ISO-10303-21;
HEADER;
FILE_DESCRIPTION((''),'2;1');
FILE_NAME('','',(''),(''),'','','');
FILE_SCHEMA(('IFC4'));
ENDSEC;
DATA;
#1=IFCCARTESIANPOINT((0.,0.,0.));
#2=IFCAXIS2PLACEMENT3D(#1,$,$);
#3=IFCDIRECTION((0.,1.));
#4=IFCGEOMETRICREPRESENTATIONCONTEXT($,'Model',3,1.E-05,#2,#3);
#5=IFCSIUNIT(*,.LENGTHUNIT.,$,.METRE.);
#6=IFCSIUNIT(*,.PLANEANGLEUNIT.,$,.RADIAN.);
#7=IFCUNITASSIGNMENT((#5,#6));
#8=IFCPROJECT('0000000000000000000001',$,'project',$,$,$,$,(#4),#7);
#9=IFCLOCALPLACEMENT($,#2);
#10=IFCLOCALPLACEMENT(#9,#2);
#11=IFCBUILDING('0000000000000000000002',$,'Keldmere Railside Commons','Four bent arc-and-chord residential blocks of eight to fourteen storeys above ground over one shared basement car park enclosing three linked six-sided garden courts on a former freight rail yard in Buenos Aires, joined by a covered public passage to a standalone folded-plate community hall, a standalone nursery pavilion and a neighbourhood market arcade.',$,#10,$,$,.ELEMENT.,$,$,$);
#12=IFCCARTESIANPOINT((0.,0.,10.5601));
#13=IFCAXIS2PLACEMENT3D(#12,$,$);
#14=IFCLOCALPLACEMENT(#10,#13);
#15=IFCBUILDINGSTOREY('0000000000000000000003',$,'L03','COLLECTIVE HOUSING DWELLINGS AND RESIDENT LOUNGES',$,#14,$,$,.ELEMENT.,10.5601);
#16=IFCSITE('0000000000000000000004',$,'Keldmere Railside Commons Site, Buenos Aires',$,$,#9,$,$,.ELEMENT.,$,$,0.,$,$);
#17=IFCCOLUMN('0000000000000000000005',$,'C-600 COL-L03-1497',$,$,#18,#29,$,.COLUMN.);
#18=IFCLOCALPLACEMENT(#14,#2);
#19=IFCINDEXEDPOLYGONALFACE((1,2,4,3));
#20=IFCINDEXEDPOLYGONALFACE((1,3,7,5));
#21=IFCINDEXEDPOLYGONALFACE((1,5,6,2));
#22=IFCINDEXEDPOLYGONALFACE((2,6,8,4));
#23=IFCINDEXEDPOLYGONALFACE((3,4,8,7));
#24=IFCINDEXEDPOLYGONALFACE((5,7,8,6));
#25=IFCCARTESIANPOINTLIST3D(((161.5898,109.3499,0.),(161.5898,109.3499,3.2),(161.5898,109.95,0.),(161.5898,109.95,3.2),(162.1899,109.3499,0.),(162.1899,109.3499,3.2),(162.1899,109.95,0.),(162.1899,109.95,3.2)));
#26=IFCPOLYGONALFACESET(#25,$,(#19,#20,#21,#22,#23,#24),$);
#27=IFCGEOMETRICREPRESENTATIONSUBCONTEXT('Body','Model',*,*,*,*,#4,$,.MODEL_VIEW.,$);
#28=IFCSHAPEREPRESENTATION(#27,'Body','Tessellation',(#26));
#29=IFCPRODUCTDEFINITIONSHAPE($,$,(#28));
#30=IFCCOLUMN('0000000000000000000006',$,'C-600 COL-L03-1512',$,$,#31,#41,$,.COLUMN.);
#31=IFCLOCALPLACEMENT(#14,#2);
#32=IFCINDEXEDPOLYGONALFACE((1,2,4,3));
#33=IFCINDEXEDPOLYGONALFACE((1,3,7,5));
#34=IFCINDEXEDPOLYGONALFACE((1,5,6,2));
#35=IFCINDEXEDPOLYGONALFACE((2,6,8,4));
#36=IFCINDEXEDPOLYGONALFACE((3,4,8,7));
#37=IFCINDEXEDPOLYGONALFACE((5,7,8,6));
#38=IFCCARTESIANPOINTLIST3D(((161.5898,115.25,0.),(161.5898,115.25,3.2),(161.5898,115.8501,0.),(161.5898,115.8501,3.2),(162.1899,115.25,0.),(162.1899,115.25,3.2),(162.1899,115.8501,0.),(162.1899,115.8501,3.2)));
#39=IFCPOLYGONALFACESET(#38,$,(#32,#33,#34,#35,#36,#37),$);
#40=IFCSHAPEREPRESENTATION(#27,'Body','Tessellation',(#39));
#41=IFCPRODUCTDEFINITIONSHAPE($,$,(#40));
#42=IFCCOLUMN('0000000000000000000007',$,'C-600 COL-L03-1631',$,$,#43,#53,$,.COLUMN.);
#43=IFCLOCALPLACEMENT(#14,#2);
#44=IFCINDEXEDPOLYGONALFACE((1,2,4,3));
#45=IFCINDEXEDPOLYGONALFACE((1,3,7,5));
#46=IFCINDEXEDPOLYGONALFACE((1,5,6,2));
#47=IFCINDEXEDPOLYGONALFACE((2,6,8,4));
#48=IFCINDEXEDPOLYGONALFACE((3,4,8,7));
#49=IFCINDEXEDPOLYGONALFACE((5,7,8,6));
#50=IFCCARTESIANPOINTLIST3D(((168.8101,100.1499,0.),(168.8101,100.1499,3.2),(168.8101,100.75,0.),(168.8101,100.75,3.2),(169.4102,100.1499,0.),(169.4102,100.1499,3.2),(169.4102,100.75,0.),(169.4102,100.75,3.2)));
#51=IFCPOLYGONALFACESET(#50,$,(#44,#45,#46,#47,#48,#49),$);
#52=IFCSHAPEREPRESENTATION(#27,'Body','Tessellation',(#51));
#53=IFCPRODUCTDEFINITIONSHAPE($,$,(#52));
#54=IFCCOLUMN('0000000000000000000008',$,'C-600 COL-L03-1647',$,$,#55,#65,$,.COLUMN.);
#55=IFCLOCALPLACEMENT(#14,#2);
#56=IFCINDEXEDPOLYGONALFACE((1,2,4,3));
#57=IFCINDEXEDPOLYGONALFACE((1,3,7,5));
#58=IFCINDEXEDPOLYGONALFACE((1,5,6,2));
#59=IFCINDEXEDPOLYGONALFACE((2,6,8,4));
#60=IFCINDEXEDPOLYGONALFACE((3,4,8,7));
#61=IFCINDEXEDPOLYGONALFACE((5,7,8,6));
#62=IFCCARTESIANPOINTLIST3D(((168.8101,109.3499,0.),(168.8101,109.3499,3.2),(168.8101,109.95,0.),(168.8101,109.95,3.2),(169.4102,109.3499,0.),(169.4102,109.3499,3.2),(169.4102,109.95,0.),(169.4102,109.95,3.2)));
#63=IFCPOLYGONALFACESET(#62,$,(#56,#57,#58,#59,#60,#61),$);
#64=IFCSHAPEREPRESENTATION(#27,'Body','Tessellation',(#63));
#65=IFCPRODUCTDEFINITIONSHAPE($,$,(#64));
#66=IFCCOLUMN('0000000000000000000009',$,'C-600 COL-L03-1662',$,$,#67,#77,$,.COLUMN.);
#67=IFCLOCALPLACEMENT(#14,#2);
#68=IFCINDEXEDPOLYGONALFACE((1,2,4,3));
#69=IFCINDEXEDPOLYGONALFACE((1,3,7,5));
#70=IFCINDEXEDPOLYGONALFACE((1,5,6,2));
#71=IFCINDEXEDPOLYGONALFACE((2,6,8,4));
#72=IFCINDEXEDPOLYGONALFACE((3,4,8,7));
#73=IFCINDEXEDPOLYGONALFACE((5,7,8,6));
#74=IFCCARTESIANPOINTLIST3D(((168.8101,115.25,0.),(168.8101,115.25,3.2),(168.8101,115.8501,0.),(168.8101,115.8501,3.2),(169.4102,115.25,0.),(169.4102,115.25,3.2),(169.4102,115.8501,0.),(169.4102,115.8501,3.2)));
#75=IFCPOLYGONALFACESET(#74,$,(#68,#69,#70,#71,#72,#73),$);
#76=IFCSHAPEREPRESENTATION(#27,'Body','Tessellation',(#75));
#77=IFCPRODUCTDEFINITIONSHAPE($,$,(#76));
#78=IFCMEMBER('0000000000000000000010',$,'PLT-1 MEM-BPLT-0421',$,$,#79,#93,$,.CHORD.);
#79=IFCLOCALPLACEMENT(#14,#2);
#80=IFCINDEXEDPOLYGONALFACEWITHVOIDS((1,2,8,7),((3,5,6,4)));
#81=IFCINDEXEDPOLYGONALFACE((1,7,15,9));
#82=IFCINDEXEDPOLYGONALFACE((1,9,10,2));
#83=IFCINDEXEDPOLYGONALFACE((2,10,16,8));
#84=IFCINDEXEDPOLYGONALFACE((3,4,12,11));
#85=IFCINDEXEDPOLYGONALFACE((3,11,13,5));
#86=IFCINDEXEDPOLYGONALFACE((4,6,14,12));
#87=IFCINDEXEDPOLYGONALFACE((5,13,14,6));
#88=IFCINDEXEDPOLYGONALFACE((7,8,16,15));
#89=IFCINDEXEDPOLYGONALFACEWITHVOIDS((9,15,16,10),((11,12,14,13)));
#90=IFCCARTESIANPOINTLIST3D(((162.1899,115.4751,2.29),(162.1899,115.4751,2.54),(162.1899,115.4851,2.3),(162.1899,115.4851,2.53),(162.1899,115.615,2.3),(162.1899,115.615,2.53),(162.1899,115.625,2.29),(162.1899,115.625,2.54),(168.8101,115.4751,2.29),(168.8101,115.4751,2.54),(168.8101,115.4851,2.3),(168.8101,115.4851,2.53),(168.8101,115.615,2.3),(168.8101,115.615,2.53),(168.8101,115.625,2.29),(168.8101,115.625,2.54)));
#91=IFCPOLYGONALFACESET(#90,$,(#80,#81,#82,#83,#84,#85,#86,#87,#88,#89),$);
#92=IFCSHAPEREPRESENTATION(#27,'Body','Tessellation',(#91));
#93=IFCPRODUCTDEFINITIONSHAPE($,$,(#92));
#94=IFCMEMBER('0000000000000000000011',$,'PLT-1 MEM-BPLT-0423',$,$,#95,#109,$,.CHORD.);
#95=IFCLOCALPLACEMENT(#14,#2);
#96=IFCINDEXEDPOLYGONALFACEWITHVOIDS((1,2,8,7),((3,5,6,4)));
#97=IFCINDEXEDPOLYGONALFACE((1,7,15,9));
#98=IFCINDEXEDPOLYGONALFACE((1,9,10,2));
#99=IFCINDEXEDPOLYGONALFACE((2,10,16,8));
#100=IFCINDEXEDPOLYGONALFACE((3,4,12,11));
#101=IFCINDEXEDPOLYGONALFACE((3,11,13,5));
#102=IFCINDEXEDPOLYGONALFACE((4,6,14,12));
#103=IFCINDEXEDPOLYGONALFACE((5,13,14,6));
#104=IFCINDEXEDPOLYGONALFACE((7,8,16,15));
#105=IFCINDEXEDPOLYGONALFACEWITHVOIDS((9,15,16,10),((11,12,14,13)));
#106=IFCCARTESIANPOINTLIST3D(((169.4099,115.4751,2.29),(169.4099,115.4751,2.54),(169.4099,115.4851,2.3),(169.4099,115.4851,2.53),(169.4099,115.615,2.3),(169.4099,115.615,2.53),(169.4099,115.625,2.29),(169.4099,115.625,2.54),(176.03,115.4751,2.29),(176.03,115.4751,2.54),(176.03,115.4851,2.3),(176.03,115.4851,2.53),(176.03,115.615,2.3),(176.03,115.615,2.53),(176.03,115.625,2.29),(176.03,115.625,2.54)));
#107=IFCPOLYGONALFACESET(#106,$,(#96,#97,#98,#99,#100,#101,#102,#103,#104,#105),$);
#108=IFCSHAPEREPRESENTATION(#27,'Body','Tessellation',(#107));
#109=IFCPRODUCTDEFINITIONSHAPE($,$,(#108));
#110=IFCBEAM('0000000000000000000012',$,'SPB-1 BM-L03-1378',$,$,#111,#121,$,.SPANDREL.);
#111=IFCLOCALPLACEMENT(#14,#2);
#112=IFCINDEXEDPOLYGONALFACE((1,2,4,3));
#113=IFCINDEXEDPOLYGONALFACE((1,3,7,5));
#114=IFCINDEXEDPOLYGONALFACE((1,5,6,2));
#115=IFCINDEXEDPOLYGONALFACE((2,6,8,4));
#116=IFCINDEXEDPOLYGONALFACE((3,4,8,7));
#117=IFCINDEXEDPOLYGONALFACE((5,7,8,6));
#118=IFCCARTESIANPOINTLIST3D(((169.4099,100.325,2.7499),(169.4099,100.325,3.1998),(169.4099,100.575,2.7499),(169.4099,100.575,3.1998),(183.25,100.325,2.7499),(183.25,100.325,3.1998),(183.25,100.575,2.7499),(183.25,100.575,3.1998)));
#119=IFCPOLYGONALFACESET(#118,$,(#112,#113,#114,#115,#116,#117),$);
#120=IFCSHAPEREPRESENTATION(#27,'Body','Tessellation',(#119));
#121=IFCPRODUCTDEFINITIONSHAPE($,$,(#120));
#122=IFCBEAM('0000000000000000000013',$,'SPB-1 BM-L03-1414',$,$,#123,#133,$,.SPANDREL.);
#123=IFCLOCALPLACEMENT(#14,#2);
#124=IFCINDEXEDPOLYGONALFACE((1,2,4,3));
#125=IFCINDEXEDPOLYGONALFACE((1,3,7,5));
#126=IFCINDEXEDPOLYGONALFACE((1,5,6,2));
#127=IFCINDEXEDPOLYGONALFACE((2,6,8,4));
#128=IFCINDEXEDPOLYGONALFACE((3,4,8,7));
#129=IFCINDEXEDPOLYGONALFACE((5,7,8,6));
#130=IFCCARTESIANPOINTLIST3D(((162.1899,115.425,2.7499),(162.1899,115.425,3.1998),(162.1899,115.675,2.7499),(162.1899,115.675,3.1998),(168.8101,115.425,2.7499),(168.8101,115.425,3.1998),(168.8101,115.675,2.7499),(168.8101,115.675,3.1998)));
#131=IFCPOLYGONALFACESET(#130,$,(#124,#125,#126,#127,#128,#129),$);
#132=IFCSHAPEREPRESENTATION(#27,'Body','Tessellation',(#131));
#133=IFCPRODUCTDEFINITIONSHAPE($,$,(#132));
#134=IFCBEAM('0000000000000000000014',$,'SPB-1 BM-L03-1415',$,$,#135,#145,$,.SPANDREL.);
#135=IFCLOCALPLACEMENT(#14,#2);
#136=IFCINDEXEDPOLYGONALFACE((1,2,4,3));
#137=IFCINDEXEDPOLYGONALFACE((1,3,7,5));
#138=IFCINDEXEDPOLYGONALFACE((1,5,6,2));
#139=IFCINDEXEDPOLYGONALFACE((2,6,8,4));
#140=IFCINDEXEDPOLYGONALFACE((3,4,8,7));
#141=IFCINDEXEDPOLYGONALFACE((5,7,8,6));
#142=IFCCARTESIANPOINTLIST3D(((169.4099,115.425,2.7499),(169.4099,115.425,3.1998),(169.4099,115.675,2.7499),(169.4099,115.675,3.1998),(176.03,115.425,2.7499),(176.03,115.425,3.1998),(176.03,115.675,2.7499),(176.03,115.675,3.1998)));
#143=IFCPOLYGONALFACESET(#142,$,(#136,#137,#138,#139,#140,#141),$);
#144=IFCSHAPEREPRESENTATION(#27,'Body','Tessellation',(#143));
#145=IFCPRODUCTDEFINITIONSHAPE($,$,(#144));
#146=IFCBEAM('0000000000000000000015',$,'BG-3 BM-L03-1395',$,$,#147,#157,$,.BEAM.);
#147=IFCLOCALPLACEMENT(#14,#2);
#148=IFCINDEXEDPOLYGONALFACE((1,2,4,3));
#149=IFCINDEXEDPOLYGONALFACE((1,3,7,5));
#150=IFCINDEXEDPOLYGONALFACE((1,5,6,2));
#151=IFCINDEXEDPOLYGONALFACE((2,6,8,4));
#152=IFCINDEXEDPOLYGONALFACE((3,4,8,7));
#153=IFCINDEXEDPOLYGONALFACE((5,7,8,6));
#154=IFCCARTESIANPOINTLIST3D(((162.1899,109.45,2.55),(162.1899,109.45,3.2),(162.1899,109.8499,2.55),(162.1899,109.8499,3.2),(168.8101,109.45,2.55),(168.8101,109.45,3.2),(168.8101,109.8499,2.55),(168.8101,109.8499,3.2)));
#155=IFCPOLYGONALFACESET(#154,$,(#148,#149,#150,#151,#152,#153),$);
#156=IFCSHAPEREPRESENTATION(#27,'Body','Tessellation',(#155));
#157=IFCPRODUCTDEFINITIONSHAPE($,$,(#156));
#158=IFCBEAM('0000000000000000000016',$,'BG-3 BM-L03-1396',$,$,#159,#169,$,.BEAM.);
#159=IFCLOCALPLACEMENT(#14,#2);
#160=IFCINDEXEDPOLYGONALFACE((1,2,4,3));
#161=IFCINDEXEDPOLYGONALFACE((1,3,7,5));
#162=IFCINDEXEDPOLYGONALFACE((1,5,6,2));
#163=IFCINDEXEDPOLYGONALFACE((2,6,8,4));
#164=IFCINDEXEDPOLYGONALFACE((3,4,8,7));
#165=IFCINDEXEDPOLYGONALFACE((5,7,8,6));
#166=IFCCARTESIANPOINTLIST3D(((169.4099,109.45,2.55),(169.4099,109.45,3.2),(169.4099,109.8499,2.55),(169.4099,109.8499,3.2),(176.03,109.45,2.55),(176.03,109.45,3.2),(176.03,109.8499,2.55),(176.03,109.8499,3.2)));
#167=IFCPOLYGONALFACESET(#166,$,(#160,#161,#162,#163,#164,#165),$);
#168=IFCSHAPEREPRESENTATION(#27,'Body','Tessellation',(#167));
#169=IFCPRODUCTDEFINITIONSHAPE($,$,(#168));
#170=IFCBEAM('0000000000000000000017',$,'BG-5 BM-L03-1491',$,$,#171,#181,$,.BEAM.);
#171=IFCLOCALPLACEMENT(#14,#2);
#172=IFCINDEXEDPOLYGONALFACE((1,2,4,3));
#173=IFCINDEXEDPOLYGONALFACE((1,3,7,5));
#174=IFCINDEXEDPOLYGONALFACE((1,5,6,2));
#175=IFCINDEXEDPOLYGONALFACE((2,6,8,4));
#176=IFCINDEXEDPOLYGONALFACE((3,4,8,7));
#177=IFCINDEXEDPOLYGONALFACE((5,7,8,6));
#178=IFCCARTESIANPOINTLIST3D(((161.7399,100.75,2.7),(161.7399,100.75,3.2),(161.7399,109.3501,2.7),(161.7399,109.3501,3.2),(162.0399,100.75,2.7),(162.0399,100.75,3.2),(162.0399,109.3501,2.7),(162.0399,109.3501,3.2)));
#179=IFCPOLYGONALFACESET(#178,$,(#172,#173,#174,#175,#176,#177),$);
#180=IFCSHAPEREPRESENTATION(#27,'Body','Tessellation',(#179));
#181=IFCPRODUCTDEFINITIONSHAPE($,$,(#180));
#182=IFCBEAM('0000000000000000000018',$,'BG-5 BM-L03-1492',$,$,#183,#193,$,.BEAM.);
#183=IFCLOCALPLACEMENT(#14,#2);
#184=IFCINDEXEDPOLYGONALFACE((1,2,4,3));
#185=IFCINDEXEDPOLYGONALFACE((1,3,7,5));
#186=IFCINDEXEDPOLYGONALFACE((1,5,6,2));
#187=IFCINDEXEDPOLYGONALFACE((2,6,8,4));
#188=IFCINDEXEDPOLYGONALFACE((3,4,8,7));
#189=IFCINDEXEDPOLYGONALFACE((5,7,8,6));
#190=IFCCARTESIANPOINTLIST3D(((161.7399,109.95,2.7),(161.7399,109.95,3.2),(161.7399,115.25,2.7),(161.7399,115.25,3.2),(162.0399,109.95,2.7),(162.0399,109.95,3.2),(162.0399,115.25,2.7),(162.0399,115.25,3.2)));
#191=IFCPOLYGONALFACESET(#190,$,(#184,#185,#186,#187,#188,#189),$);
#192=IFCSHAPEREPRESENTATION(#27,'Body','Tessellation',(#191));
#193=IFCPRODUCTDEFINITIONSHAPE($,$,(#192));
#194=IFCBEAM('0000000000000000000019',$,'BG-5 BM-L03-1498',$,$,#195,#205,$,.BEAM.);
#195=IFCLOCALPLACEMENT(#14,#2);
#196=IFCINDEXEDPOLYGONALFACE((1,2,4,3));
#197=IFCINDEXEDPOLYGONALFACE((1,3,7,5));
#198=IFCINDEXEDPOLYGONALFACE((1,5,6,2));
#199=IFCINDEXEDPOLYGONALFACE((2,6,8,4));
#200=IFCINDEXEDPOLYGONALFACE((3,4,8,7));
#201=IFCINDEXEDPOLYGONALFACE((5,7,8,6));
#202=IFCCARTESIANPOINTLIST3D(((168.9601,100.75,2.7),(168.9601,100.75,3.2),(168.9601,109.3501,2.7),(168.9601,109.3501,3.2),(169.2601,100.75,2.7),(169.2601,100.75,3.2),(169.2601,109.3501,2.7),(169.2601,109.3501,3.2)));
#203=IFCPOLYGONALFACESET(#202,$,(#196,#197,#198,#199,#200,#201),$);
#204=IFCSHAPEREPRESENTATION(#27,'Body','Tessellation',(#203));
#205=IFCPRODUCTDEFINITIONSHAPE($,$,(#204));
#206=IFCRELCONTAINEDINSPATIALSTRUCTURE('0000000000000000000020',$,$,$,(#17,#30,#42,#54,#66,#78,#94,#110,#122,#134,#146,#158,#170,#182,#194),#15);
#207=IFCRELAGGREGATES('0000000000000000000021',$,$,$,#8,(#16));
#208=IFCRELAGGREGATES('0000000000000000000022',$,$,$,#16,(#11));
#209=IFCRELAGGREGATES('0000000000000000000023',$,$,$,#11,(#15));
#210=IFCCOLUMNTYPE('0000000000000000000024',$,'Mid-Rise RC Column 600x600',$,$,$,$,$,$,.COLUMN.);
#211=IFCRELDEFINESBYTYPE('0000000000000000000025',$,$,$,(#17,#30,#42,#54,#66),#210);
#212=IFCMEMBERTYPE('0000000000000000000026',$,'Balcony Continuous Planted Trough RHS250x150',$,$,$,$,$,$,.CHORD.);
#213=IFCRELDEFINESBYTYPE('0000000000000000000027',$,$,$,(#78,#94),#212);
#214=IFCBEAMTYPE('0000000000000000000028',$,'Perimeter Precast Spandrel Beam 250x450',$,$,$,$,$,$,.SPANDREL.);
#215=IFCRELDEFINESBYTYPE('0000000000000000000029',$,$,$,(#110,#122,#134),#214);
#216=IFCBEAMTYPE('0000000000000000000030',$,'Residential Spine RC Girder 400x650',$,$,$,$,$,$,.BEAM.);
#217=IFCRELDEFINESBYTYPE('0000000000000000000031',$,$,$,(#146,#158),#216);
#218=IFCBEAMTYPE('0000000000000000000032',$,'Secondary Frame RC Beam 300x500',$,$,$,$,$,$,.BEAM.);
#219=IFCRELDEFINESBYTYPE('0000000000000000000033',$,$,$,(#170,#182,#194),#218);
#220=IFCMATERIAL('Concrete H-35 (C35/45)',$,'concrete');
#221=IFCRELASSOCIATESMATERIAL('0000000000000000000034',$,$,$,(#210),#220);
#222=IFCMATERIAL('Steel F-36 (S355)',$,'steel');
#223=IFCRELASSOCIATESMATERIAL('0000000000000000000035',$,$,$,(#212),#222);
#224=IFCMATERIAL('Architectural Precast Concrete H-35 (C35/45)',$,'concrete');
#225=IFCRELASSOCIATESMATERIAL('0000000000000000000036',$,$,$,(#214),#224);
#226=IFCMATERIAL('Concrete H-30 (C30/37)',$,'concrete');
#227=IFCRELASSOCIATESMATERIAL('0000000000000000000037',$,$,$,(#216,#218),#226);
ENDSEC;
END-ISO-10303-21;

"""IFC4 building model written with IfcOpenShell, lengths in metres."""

from ifc_helpers import new_model, si_unit, direction, frame, origin, origin_2d, place, context, subcontext, project, spatial, rectangle, hollow_rectangle, extrude, material, material_profile, profile_set, type_object, element, save


model = new_model("IFC4")

# Units and contexts
model_context = context("Model", 3, precision=1e-05, world=origin(), true_north=direction((0.0, 1.0)))
body_context = subcontext(model_context, "Body", "Model", "MODEL_VIEW")
ifc_project = project(units=[si_unit("LENGTHUNIT", "METRE"), si_unit("PLANEANGLEUNIT", "RADIAN")], contexts=[model_context])

# Site, building, storey
site_placement = place(None, origin())
site = spatial("IfcSite", under=ifc_project, at=site_placement, Name="Keldmere Railside Commons Site, Buenos Aires", CompositionType="ELEMENT", RefElevation=0.0)
building_placement = place(site_placement, origin())
building = spatial("IfcBuilding", under=site, at=building_placement, Name="Keldmere Railside Commons", Description="Four bent arc-and-chord residential blocks of eight to fourteen storeys above ground over one shared basement car park enclosing three linked six-sided garden courts on a former freight rail yard in Buenos Aires, joined by a covered public passage to a standalone folded-plate community hall, a standalone nursery pavilion and a neighbourhood market arcade.", CompositionType="ELEMENT")
storey_placement = place(building_placement, frame((0.0, 0.0, 10.5601)))
storey = spatial("IfcBuildingStorey", under=building, at=storey_placement, Name="L03", Description="COLLECTIVE HOUSING DWELLINGS AND RESIDENT LOUNGES", CompositionType="ELEMENT", Elevation=10.5601)

# Columns
ifc_material_1 = material(Name="Concrete H-35 (C35/45)", Category="concrete")
ifc_material_profile_1 = material_profile(ifc_material_1, rectangle(XDim=0.6001, YDim=0.6001, at=origin_2d()), Name="RC-600x600")
ifc_profile_set_1 = profile_set([ifc_material_profile_1], Name="Concrete H-35 (C35/45)")
column_type = type_object("IfcColumnType", Name="Mid-Rise RC Column 600x600", PredefinedType="COLUMN", material=ifc_profile_set_1)
for number, where, z_axis, x_axis, name in (
    (1, (161.8899, 109.6499, 0.0), (0.0, 0.0, 1.0), (1.0, 0.0, 0.0), "C-600 COL-L03-1497"),
    (2, (161.8899, 115.55, 0.0), (0.0, 0.0, 1.0), (1.0, 0.0, 0.0), "C-600 COL-L03-1512"),
    (3, (169.1101, 100.45, 0.0), (0.0, 0.0, 1.0), (1.0, 0.0, 0.0), "C-600 COL-L03-1631"),
    (4, (169.1101, 109.6499, 0.0), (0.0, 0.0, 1.0), (1.0, 0.0, 0.0), "C-600 COL-L03-1647"),
    (5, (169.1101, 115.55, 0.0), (0.0, 0.0, 1.0), (1.0, 0.0, 0.0), "C-600 COL-L03-1662"),
):
    element("IfcColumn", number, at=place(storey_placement, frame(where, z_axis=z_axis, x_axis=x_axis)), inside=storey, type_object=column_type, Name=name, PredefinedType="COLUMN", context=body_context, shape_type="SweptSolid", body=[
        extrude(rectangle(XDim=0.6001, YDim=0.6001, at=origin_2d()), origin(), (0.0, 0.0, 1.0), 3.2),
    ])

# Members
ifc_material_2 = material(Name="Steel F-36 (S355)", Category="steel")
ifc_material_profile_2 = material_profile(ifc_material_2, hollow_rectangle(XDim=0.1499, YDim=0.25, WallThickness=0.01, at=origin_2d()), Name="RHS-250x150x10")
ifc_profile_set_2 = profile_set([ifc_material_profile_2], Name="Steel F-36 (S355)")
member_type_1 = type_object("IfcMemberType", Name="Balcony Continuous Planted Trough RHS250x150", PredefinedType="CHORD", material=ifc_profile_set_2)
for number, where, z_axis, x_axis, name in (
    (6, (162.1899, 115.55, 2.415), (1.0, 0.0, 0.0), (0.0, 1.0, 0.0), "PLT-1 MEM-BPLT-0421"),
    (7, (169.4099, 115.55, 2.415), (1.0, 0.0, 0.0), (0.0, 1.0, 0.0), "PLT-1 MEM-BPLT-0423"),
):
    element("IfcMember", number, at=place(storey_placement, frame(where, z_axis=z_axis, x_axis=x_axis)), inside=storey, type_object=member_type_1, Name=name, PredefinedType="CHORD", context=body_context, shape_type="SweptSolid", body=[
        extrude(hollow_rectangle(XDim=0.1499, YDim=0.25, WallThickness=0.01, at=origin_2d()), origin(), (0.0, 0.0, 1.0), 6.6201),
    ])

# Beams
ifc_material_3 = material(Name="Architectural Precast Concrete H-35 (C35/45)", Category="concrete")
ifc_material_profile_3 = material_profile(ifc_material_3, rectangle(XDim=0.25, YDim=0.45, at=origin_2d()), Name="RC-250x450")
ifc_profile_set_3 = profile_set([ifc_material_profile_3], Name="Architectural Precast Concrete H-35 (C35/45)")
beam_type_1 = type_object("IfcBeamType", Name="Perimeter Precast Spandrel Beam 250x450", PredefinedType="SPANDREL", material=ifc_profile_set_3)
beam_1_placement = place(storey_placement, frame((169.4099, 100.45, 2.9749), z_axis=(1.0, 0.0, 0.0), x_axis=(0.0, 1.0, 0.0)))
element("IfcBeam", 8, at=beam_1_placement, inside=storey, type_object=beam_type_1, Name="SPB-1 BM-L03-1378", PredefinedType="SPANDREL", context=body_context, shape_type="SweptSolid", body=[
    extrude(rectangle(XDim=0.25, YDim=0.45, at=origin_2d()), origin(), (0.0, 0.0, 1.0), 13.8401),
])
for number, where, z_axis, x_axis, name in (
    (9, (162.1899, 115.55, 2.9749), (1.0, 0.0, 0.0), (0.0, 1.0, 0.0), "SPB-1 BM-L03-1414"),
    (10, (169.4099, 115.55, 2.9749), (1.0, 0.0, 0.0), (0.0, 1.0, 0.0), "SPB-1 BM-L03-1415"),
):
    element("IfcBeam", number, at=place(storey_placement, frame(where, z_axis=z_axis, x_axis=x_axis)), inside=storey, type_object=beam_type_1, Name=name, PredefinedType="SPANDREL", context=body_context, shape_type="SweptSolid", body=[
        extrude(rectangle(XDim=0.25, YDim=0.45, at=origin_2d()), origin(), (0.0, 0.0, 1.0), 6.6201),
    ])
ifc_material_4 = material(Name="Concrete H-30 (C30/37)", Category="concrete")
ifc_material_profile_4 = material_profile(ifc_material_4, rectangle(XDim=0.3999, YDim=0.6499, at=origin_2d()), Name="RC-400x650")
ifc_profile_set_4 = profile_set([ifc_material_profile_4], Name="Concrete H-30 (C30/37)")
beam_type_2 = type_object("IfcBeamType", Name="Residential Spine RC Girder 400x650", PredefinedType="BEAM", material=ifc_profile_set_4)
for number, where, z_axis, x_axis, name in (
    (11, (162.1899, 109.6499, 2.875), (1.0, 0.0, 0.0), (0.0, 1.0, 0.0), "BG-3 BM-L03-1395"),
    (12, (169.4099, 109.6499, 2.875), (1.0, 0.0, 0.0), (0.0, 1.0, 0.0), "BG-3 BM-L03-1396"),
):
    element("IfcBeam", number, at=place(storey_placement, frame(where, z_axis=z_axis, x_axis=x_axis)), inside=storey, type_object=beam_type_2, Name=name, PredefinedType="BEAM", context=body_context, shape_type="SweptSolid", body=[
        extrude(rectangle(XDim=0.3999, YDim=0.6499, at=origin_2d()), origin(), (0.0, 0.0, 1.0), 6.6201),
    ])
ifc_material_profile_5 = material_profile(ifc_material_4, rectangle(XDim=0.3, YDim=0.5, at=origin_2d()), Name="RC-300x500")
ifc_profile_set_5 = profile_set([ifc_material_profile_5], Name="Concrete H-30 (C30/37)")
beam_type_3 = type_object("IfcBeamType", Name="Secondary Frame RC Beam 300x500", PredefinedType="BEAM", material=ifc_profile_set_5)
beam_2_placement = place(storey_placement, frame((161.8899, 100.75, 2.95), z_axis=(0.0, 1.0, 0.0), x_axis=(-1.0, 0.0, 0.0)))
element("IfcBeam", 13, at=beam_2_placement, inside=storey, type_object=beam_type_3, Name="BG-5 BM-L03-1491", PredefinedType="BEAM", context=body_context, shape_type="SweptSolid", body=[
    extrude(rectangle(XDim=0.3, YDim=0.5, at=origin_2d()), origin(), (0.0, 0.0, 1.0), 8.6001),
])
beam_3_placement = place(storey_placement, frame((161.8899, 109.95, 2.95), z_axis=(0.0, 1.0, 0.0), x_axis=(-1.0, 0.0, 0.0)))
element("IfcBeam", 14, at=beam_3_placement, inside=storey, type_object=beam_type_3, Name="BG-5 BM-L03-1492", PredefinedType="BEAM", context=body_context, shape_type="SweptSolid", body=[
    extrude(rectangle(XDim=0.3, YDim=0.5, at=origin_2d()), origin(), (0.0, 0.0, 1.0), 5.3),
])
beam_4_placement = place(storey_placement, frame((169.1101, 100.75, 2.95), z_axis=(0.0, 1.0, 0.0), x_axis=(-1.0, 0.0, 0.0)))
element("IfcBeam", 15, at=beam_4_placement, inside=storey, type_object=beam_type_3, Name="BG-5 BM-L03-1498", PredefinedType="BEAM", context=body_context, shape_type="SweptSolid", body=[
    extrude(rectangle(XDim=0.3, YDim=0.5, at=origin_2d()), origin(), (0.0, 0.0, 1.0), 8.6001),
])

save(model, "model.ifc")
